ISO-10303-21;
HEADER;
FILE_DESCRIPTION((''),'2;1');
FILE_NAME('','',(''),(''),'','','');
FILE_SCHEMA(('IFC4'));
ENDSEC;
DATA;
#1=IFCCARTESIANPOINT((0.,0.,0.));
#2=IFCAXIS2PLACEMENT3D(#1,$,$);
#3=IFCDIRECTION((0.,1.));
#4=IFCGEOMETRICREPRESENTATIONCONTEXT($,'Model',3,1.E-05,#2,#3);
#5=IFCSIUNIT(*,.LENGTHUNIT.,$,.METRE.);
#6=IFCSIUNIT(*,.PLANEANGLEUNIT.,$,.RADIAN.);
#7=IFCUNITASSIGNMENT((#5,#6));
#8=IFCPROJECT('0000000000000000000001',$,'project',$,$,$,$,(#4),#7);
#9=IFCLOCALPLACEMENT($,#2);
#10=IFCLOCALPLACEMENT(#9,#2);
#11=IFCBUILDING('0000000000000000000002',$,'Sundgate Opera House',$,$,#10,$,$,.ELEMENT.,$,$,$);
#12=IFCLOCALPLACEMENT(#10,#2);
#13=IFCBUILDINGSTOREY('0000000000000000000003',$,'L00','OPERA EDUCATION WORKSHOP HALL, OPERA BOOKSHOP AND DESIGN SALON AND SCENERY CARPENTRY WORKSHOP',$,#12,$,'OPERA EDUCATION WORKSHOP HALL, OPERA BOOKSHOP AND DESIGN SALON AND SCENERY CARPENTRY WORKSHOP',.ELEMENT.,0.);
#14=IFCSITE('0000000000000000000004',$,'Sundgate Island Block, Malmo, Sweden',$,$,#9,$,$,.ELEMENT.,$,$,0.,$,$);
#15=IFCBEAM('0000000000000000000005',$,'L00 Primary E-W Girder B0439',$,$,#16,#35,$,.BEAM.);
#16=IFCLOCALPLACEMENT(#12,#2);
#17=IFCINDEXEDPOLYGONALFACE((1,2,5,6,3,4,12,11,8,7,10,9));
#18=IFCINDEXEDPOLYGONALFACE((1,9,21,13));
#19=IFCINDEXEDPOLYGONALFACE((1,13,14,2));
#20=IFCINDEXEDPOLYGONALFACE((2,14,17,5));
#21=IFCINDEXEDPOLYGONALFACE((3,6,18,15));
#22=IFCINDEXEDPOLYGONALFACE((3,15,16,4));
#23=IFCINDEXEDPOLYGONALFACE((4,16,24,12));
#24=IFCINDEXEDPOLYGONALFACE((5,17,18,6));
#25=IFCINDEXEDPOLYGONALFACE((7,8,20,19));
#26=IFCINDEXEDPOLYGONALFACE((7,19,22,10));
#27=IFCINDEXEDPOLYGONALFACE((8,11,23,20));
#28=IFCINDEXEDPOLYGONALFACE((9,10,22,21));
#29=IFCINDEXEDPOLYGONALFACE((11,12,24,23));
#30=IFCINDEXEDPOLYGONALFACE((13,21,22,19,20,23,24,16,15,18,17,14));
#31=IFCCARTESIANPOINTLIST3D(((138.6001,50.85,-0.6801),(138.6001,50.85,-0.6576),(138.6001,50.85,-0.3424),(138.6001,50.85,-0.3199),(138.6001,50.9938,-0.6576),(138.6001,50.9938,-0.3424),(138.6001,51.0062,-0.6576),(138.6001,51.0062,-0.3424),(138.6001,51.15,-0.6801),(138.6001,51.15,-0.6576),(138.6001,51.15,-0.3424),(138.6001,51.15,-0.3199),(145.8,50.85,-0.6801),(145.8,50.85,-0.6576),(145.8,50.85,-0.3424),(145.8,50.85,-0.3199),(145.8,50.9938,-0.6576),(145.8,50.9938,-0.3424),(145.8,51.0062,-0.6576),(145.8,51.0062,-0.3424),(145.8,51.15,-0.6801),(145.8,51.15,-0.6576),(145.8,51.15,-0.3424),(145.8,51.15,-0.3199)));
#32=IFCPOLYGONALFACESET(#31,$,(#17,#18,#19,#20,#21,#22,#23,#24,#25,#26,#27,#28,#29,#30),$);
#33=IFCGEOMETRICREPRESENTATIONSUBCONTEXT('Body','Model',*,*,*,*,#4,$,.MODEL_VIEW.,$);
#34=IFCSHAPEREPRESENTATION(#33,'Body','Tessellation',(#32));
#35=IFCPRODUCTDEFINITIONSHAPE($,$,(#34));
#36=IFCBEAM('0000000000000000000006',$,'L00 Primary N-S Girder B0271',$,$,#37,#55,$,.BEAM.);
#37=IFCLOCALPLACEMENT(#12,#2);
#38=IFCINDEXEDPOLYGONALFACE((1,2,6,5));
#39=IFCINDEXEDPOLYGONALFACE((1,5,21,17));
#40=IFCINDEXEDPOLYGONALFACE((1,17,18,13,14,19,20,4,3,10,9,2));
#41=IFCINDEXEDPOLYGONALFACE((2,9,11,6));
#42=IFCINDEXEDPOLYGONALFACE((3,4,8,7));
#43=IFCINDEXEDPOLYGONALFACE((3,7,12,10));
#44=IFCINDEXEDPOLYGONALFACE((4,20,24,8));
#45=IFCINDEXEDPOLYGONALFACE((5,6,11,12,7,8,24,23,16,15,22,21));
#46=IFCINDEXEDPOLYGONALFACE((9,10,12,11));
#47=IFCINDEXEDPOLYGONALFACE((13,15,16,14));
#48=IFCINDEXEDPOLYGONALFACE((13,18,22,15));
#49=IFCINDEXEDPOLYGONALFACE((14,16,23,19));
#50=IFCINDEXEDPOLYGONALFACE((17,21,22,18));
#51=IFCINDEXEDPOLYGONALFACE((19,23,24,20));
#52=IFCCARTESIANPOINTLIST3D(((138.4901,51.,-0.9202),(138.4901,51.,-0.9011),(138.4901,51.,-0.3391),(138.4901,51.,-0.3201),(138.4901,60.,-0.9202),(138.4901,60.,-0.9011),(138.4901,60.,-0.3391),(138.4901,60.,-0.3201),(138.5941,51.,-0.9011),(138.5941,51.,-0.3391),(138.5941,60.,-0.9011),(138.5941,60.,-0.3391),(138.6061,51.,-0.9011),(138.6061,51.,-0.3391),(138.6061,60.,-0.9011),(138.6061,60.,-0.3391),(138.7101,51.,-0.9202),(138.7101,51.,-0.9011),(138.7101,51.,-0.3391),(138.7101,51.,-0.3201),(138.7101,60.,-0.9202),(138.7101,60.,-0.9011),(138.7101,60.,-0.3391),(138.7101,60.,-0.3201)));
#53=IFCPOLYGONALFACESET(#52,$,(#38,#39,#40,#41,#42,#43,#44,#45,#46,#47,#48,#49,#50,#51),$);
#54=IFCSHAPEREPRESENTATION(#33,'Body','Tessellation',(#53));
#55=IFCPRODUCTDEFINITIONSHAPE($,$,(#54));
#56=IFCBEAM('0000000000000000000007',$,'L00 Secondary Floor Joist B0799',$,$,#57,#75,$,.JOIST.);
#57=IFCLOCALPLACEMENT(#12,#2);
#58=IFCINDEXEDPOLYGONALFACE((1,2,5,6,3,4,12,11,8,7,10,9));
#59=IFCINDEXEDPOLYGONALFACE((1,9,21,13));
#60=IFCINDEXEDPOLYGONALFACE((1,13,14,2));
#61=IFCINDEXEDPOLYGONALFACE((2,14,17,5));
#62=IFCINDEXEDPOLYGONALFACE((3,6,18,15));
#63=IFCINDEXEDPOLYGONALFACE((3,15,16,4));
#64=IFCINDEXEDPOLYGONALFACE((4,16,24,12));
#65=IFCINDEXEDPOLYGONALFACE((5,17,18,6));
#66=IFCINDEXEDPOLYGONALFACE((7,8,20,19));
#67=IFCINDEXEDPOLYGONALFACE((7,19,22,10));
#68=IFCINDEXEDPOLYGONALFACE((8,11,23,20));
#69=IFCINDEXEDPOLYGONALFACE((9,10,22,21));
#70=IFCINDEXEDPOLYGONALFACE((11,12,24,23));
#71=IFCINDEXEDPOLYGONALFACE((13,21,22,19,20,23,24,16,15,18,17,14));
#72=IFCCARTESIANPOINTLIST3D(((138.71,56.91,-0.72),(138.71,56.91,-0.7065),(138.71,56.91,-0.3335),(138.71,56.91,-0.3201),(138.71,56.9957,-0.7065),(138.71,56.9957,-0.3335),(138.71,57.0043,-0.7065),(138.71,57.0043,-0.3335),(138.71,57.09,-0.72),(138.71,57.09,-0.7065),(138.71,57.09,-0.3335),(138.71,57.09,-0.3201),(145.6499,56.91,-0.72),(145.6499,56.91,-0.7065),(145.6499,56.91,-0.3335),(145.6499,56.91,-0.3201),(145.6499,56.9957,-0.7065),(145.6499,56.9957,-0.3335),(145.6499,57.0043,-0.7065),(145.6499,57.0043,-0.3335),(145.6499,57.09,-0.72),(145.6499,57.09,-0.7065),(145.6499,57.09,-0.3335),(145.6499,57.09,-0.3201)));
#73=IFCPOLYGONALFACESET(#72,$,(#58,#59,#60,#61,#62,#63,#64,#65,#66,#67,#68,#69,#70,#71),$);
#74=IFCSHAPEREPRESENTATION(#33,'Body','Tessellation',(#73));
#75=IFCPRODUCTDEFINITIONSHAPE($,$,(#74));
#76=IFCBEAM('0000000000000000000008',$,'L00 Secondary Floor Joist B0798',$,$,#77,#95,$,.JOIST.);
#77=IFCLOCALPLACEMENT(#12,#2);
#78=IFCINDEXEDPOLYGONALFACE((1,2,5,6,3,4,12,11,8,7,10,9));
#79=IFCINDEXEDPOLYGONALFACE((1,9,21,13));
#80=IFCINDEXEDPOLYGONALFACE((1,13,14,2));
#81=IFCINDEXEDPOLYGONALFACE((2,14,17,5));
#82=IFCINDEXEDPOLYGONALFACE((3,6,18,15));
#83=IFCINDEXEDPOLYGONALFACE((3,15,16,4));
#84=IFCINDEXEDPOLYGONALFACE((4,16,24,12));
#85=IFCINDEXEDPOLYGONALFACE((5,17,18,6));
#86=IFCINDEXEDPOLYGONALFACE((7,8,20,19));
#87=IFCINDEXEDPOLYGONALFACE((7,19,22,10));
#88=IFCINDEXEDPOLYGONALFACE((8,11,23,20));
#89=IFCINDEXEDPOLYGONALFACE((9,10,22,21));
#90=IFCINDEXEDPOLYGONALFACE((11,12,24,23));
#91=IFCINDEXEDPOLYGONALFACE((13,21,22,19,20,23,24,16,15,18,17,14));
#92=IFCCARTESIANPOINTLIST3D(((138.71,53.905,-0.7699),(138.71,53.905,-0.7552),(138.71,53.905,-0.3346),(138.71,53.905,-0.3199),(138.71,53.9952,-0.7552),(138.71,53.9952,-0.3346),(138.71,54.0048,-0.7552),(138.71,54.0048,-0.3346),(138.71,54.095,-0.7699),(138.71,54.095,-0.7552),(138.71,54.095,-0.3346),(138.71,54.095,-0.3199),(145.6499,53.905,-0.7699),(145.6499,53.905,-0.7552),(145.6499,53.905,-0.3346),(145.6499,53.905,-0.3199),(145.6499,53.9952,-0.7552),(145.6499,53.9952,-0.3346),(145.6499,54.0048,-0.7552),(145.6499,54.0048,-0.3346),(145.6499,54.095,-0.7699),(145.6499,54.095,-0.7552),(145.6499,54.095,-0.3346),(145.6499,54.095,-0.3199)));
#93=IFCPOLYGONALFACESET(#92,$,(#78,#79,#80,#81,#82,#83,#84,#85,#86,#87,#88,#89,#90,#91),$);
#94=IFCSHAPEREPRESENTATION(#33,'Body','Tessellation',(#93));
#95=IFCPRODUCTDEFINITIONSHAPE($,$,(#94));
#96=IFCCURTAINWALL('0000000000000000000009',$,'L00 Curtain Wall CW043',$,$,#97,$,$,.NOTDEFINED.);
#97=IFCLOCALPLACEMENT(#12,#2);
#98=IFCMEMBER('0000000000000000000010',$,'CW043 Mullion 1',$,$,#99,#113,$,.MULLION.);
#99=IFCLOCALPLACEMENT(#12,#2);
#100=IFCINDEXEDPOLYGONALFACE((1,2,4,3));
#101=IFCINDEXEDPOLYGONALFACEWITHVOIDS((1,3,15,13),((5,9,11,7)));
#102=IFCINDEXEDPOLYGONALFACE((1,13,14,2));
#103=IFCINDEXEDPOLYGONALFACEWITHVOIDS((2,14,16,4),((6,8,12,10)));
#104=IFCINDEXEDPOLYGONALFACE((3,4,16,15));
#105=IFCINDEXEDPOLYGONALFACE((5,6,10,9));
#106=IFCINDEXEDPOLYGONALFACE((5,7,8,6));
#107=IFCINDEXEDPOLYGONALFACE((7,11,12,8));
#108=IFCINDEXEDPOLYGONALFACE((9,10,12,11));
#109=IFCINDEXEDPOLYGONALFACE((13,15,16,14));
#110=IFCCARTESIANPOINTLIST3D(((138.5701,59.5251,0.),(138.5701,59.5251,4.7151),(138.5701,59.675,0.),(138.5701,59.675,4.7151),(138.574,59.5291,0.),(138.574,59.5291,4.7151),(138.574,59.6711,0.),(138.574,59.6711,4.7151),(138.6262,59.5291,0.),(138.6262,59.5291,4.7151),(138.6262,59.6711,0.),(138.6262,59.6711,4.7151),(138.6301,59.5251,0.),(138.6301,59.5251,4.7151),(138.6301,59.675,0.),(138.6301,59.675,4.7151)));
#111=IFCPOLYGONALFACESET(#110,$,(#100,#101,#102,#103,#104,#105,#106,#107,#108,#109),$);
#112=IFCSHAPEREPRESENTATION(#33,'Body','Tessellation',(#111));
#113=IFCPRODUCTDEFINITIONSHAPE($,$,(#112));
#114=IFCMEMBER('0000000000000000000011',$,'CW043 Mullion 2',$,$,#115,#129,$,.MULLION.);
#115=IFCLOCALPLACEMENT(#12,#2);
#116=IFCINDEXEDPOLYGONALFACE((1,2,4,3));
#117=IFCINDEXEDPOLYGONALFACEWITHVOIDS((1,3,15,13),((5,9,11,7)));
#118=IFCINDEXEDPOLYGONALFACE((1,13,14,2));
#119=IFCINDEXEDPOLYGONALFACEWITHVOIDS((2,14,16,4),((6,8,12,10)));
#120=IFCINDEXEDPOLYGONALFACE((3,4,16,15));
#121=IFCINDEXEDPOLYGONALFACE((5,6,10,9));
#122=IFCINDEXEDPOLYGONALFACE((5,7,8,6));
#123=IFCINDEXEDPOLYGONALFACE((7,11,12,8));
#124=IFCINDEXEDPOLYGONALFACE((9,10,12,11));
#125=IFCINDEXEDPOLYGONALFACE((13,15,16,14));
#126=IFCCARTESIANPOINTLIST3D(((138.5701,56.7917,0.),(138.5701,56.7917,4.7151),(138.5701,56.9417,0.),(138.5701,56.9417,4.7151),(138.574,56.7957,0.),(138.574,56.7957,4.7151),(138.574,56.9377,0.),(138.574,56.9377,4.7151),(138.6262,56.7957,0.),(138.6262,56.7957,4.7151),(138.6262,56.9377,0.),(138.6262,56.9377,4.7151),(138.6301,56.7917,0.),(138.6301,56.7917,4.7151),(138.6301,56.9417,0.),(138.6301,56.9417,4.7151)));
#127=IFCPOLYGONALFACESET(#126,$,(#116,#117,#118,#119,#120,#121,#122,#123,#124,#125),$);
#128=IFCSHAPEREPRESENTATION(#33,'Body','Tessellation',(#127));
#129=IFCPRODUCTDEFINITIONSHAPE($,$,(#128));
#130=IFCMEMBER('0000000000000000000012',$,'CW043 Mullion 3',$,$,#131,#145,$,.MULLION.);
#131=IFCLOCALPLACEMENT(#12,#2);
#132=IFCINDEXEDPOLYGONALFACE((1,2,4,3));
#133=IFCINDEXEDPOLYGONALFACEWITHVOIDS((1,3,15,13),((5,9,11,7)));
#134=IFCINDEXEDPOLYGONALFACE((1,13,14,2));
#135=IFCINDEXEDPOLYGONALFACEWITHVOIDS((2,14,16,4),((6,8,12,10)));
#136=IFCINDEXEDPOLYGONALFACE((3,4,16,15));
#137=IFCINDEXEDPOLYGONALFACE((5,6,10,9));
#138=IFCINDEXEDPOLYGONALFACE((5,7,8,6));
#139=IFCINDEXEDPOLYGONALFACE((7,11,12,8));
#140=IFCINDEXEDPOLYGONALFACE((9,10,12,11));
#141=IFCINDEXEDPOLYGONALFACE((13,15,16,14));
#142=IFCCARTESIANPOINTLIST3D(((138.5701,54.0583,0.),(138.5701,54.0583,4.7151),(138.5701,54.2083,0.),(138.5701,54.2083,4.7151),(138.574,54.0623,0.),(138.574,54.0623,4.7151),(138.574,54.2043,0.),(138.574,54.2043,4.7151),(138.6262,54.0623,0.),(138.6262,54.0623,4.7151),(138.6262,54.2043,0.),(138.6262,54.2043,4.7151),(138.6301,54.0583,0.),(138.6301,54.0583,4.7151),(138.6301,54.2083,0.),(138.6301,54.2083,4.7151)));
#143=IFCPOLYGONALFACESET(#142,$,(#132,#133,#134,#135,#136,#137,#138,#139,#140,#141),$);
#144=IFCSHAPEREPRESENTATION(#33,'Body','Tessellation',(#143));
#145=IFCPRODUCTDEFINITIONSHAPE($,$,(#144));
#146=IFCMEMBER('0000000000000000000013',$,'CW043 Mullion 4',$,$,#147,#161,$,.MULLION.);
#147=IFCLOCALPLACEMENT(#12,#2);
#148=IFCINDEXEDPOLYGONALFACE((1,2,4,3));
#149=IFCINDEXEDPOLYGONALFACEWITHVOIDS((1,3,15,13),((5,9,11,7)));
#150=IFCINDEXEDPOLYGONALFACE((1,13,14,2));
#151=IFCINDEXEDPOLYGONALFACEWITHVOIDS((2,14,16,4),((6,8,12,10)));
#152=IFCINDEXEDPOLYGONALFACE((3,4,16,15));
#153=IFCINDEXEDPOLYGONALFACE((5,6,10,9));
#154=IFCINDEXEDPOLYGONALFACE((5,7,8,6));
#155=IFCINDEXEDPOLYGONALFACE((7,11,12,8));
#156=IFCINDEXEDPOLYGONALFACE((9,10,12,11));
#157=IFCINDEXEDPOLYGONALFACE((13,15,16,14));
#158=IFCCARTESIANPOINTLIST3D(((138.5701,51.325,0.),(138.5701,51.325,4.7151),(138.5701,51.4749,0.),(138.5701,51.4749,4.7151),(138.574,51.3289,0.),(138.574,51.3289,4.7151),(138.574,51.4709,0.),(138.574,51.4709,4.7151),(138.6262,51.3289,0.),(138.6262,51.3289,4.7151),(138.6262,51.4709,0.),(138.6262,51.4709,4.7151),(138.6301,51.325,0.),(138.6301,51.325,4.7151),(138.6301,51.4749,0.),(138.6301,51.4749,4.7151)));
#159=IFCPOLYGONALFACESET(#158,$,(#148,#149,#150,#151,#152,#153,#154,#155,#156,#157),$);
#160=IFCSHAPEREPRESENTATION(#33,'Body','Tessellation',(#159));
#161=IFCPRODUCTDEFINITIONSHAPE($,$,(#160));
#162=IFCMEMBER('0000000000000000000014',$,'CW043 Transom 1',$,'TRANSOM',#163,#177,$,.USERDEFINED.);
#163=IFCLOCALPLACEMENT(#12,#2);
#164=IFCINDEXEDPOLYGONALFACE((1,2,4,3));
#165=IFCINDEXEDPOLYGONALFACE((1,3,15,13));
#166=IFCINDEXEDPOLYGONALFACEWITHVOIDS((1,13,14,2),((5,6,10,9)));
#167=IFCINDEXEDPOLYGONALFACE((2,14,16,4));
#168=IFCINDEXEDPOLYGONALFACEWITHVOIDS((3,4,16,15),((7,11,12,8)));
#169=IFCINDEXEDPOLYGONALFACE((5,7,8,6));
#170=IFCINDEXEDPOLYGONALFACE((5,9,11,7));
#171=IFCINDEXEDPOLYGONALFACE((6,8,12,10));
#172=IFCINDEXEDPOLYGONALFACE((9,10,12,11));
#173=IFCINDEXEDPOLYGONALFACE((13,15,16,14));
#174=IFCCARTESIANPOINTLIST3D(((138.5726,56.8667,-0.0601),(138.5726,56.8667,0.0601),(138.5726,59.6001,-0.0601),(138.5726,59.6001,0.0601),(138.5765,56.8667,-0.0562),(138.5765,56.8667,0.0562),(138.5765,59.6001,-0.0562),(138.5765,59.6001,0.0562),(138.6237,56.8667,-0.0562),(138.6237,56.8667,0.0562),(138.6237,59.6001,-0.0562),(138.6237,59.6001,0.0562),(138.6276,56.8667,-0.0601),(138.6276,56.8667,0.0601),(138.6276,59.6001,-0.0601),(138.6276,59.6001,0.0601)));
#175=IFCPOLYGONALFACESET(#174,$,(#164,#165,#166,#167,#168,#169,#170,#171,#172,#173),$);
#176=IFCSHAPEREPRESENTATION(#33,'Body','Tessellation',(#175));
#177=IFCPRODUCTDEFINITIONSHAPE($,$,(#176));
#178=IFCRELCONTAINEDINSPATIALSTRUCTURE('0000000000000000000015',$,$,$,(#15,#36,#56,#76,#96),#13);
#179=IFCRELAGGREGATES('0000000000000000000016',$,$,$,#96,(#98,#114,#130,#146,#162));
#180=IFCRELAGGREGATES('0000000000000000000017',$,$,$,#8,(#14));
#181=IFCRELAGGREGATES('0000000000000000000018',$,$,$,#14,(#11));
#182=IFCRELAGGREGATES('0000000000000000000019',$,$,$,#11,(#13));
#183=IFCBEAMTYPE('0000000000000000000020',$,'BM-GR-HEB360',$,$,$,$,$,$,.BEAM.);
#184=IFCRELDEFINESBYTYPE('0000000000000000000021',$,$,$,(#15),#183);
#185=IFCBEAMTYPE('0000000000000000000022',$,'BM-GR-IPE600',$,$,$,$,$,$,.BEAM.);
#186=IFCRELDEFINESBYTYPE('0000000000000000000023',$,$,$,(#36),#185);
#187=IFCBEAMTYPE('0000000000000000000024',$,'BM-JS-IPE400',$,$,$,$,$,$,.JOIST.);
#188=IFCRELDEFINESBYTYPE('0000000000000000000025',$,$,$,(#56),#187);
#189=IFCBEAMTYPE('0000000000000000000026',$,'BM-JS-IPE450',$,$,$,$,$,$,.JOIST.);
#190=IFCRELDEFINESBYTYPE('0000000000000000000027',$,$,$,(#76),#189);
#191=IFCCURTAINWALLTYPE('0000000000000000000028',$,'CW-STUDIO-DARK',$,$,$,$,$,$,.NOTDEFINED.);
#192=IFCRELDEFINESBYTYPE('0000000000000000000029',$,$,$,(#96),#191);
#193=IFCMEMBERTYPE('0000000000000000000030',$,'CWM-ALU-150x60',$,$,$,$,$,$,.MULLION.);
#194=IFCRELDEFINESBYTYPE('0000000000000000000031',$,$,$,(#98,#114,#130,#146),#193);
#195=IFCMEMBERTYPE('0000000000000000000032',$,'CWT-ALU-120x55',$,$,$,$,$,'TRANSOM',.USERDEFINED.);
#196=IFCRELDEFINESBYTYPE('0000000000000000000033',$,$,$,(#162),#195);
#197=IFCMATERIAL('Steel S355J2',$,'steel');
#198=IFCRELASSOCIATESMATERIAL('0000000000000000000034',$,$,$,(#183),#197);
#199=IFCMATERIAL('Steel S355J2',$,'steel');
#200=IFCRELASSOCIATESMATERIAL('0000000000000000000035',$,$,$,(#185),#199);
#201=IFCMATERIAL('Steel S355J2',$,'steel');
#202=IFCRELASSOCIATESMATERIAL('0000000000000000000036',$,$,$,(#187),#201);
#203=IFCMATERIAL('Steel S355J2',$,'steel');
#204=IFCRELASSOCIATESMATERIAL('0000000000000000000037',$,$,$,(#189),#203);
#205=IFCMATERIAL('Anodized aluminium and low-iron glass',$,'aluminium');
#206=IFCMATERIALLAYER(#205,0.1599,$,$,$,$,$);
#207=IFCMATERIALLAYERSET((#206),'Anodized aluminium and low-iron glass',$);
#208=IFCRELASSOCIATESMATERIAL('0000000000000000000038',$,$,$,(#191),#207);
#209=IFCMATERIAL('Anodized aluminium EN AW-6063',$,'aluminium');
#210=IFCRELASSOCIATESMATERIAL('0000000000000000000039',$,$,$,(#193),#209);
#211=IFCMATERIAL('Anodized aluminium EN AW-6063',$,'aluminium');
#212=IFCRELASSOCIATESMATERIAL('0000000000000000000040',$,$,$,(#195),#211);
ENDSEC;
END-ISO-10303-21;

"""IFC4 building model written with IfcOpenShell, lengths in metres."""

from ifc_helpers import new_model, si_unit, direction, frame, origin, origin_2d, place, context, subcontext, project, spatial, hollow_rectangle, i_section, extrude, material, layer, layer_set, material_profile, profile_set, type_object, element, aggregate, save


model = new_model("IFC4")

# Units and contexts
model_context = context("Model", 3, precision=1e-05, world=origin(), true_north=direction((0.0, 1.0)))
body_context = subcontext(model_context, "Body", "Model", "MODEL_VIEW")
ifc_project = project(units=[si_unit("LENGTHUNIT", "METRE"), si_unit("PLANEANGLEUNIT", "RADIAN")], contexts=[model_context])

# Site, building, storey
site_placement = place(None, origin())
site = spatial("IfcSite", under=ifc_project, at=site_placement, Name="Sundgate Island Block, Malmo, Sweden", CompositionType="ELEMENT", RefElevation=0.0)
building_placement = place(site_placement, origin())
building = spatial("IfcBuilding", under=site, at=building_placement, Name="Sundgate Opera House", CompositionType="ELEMENT")
storey_placement = place(building_placement, origin())
storey = spatial("IfcBuildingStorey", under=building, at=storey_placement, Name="L00", Description="OPERA EDUCATION WORKSHOP HALL, OPERA BOOKSHOP AND DESIGN SALON AND SCENERY CARPENTRY WORKSHOP", LongName="OPERA EDUCATION WORKSHOP HALL, OPERA BOOKSHOP AND DESIGN SALON AND SCENERY CARPENTRY WORKSHOP", CompositionType="ELEMENT", Elevation=0.0)

# Beams
ifc_material_1 = material(Name="Steel S355J2", Category="steel")
ifc_material_profile_1 = material_profile(ifc_material_1, i_section(OverallWidth=0.3, OverallDepth=0.3601, WebThickness=0.0125, FlangeThickness=0.0225, at=origin_2d()), Name="HEB 360")
ifc_profile_set_1 = profile_set([ifc_material_profile_1], Name="Steel S355J2")
beam_type_1 = type_object("IfcBeamType", Name="BM-GR-HEB360", PredefinedType="BEAM", material=ifc_profile_set_1)
beam_1_placement = place(storey_placement, frame((138.6001, 51.0, -0.5), z_axis=(1.0, 0.0, 0.0), x_axis=(0.0, 1.0, 0.0)))
element("IfcBeam", 1, at=beam_1_placement, inside=storey, type_object=beam_type_1, Name="L00 Primary E-W Girder B0439", PredefinedType="BEAM", context=body_context, shape_type="SweptSolid", body=[
    extrude(i_section(OverallWidth=0.3, OverallDepth=0.3601, WebThickness=0.0125, FlangeThickness=0.0225, at=origin_2d()), origin(), (0.0, 0.0, 1.0), 7.2),
])
ifc_material_2 = material(Name="Steel S355J2", Category="steel")
ifc_material_profile_2 = material_profile(ifc_material_2, i_section(OverallWidth=0.22, OverallDepth=0.6001, WebThickness=0.012, FlangeThickness=0.019, at=origin_2d()), Name="IPE 600")
ifc_profile_set_2 = profile_set([ifc_material_profile_2], Name="Steel S355J2")
beam_type_2 = type_object("IfcBeamType", Name="BM-GR-IPE600", PredefinedType="BEAM", material=ifc_profile_set_2)
beam_2_placement = place(storey_placement, frame((138.6001, 51.0, -0.6201), z_axis=(0.0, 1.0, 0.0), x_axis=(-1.0, 0.0, 0.0)))
element("IfcBeam", 2, at=beam_2_placement, inside=storey, type_object=beam_type_2, Name="L00 Primary N-S Girder B0271", PredefinedType="BEAM", context=body_context, shape_type="SweptSolid", body=[
    extrude(i_section(OverallWidth=0.22, OverallDepth=0.6001, WebThickness=0.012, FlangeThickness=0.019, at=origin_2d()), origin(), (0.0, 0.0, 1.0), 9.0),
])
ifc_material_3 = material(Name="Steel S355J2", Category="steel")
ifc_material_profile_3 = material_profile(ifc_material_3, i_section(OverallWidth=0.1799, OverallDepth=0.3999, WebThickness=0.0085, FlangeThickness=0.0134, at=origin_2d()), Name="IPE 400")
ifc_profile_set_3 = profile_set([ifc_material_profile_3], Name="Steel S355J2")
beam_type_3 = type_object("IfcBeamType", Name="BM-JS-IPE400", PredefinedType="JOIST", material=ifc_profile_set_3)
beam_3_placement = place(storey_placement, frame((138.71, 57.0, -0.52), z_axis=(1.0, 0.0, 0.0), x_axis=(0.0, 1.0, 0.0)))
element("IfcBeam", 3, at=beam_3_placement, inside=storey, type_object=beam_type_3, Name="L00 Secondary Floor Joist B0799", PredefinedType="JOIST", context=body_context, shape_type="SweptSolid", body=[
    extrude(i_section(OverallWidth=0.1799, OverallDepth=0.3999, WebThickness=0.0085, FlangeThickness=0.0134, at=origin_2d()), origin(), (0.0, 0.0, 1.0), 6.9399),
])
ifc_material_4 = material(Name="Steel S355J2", Category="steel")
ifc_material_profile_4 = material_profile(ifc_material_4, i_section(OverallWidth=0.1899, OverallDepth=0.45, WebThickness=0.0095, FlangeThickness=0.0146, at=origin_2d()), Name="IPE 450")
ifc_profile_set_4 = profile_set([ifc_material_profile_4], Name="Steel S355J2")
beam_type_4 = type_object("IfcBeamType", Name="BM-JS-IPE450", PredefinedType="JOIST", material=ifc_profile_set_4)
beam_4_placement = place(storey_placement, frame((138.71, 54.0, -0.5449), z_axis=(1.0, 0.0, 0.0), x_axis=(0.0, 1.0, 0.0)))
element("IfcBeam", 4, at=beam_4_placement, inside=storey, type_object=beam_type_4, Name="L00 Secondary Floor Joist B0798", PredefinedType="JOIST", context=body_context, shape_type="SweptSolid", body=[
    extrude(i_section(OverallWidth=0.1899, OverallDepth=0.45, WebThickness=0.0095, FlangeThickness=0.0146, at=origin_2d()), origin(), (0.0, 0.0, 1.0), 6.9399),
])

# Curtain wall, members
ifc_material_5 = material(Name="Anodized aluminium and low-iron glass", Category="aluminium")
ifc_layer_1 = layer(ifc_material_5, 0.1599)
ifc_layer_set_1 = layer_set([ifc_layer_1], Name="Anodized aluminium and low-iron glass")
curtain_wall_type = type_object("IfcCurtainWallType", Name="CW-STUDIO-DARK", PredefinedType="NOTDEFINED", material=ifc_layer_set_1)
curtain_wall_placement = place(storey_placement, origin())
curtain_wall = element("IfcCurtainWall", 5, at=curtain_wall_placement, inside=storey, type_object=curtain_wall_type, Name="L00 Curtain Wall CW043", PredefinedType="NOTDEFINED")
ifc_material_6 = material(Name="Anodized aluminium EN AW-6063", Category="aluminium")
ifc_material_profile_5 = material_profile(ifc_material_6, hollow_rectangle(XDim=0.0601, YDim=0.1499, WallThickness=0.0039, at=origin_2d()), Name="CWM 150x60x4")
ifc_profile_set_5 = profile_set([ifc_material_profile_5], Name="Anodized aluminium EN AW-6063")
member_type_1 = type_object("IfcMemberType", Name="CWM-ALU-150x60", PredefinedType="MULLION", material=ifc_profile_set_5)
member_1_placement = place(storey_placement, frame((138.6001, 59.6001, 0.0), z_axis=(0.0, 0.0, 1.0), x_axis=(1.0, 0.0, 0.0)))
member_1 = element("IfcMember", 6, at=member_1_placement, type_object=member_type_1, Name="CW043 Mullion 1", PredefinedType="MULLION", context=body_context, shape_type="SweptSolid", body=[
    extrude(hollow_rectangle(XDim=0.0601, YDim=0.1499, WallThickness=0.0039, at=origin_2d()), origin(), (0.0, 0.0, 1.0), 4.7151),
])
member_2_placement = place(storey_placement, frame((138.6001, 56.8667, 0.0), z_axis=(0.0, 0.0, 1.0), x_axis=(1.0, 0.0, 0.0)))
member_2 = element("IfcMember", 7, at=member_2_placement, type_object=member_type_1, Name="CW043 Mullion 2", PredefinedType="MULLION", context=body_context, shape_type="SweptSolid", body=[
    extrude(hollow_rectangle(XDim=0.0601, YDim=0.1499, WallThickness=0.0039, at=origin_2d()), origin(), (0.0, 0.0, 1.0), 4.7151),
])
member_3_placement = place(storey_placement, frame((138.6001, 54.1333, 0.0), z_axis=(0.0, 0.0, 1.0), x_axis=(1.0, 0.0, 0.0)))
member_3 = element("IfcMember", 8, at=member_3_placement, type_object=member_type_1, Name="CW043 Mullion 3", PredefinedType="MULLION", context=body_context, shape_type="SweptSolid", body=[
    extrude(hollow_rectangle(XDim=0.0601, YDim=0.1499, WallThickness=0.0039, at=origin_2d()), origin(), (0.0, 0.0, 1.0), 4.7151),
])
member_4_placement = place(storey_placement, frame((138.6001, 51.3999, 0.0), z_axis=(0.0, 0.0, 1.0), x_axis=(1.0, 0.0, 0.0)))
member_4 = element("IfcMember", 9, at=member_4_placement, type_object=member_type_1, Name="CW043 Mullion 4", PredefinedType="MULLION", context=body_context, shape_type="SweptSolid", body=[
    extrude(hollow_rectangle(XDim=0.0601, YDim=0.1499, WallThickness=0.0039, at=origin_2d()), origin(), (0.0, 0.0, 1.0), 4.7151),
])
ifc_material_7 = material(Name="Anodized aluminium EN AW-6063", Category="aluminium")
ifc_material_profile_6 = material_profile(ifc_material_7, hollow_rectangle(XDim=0.0549, YDim=0.1201, WallThickness=0.0039, at=origin_2d()), Name="CWT 120x55x4")
ifc_profile_set_6 = profile_set([ifc_material_profile_6], Name="Anodized aluminium EN AW-6063")
member_type_2 = type_object("IfcMemberType", Name="CWT-ALU-120x55", ElementType="TRANSOM", PredefinedType="USERDEFINED", material=ifc_profile_set_6)
member_5_placement = place(storey_placement, frame((138.6001, 59.6001, 0.0), z_axis=(0.0, -1.0, 0.0), x_axis=(1.0, 0.0, 0.0)))
member_5 = element("IfcMember", 10, at=member_5_placement, type_object=member_type_2, Name="CW043 Transom 1", ObjectType="TRANSOM", PredefinedType="USERDEFINED", context=body_context, shape_type="SweptSolid", body=[
    extrude(hollow_rectangle(XDim=0.0549, YDim=0.1201, WallThickness=0.0039, at=origin_2d()), origin(), (0.0, 0.0, 1.0), 2.7334),
])
aggregate(curtain_wall, [member_1, member_2, member_3, member_4, member_5])

save(model, "model.ifc")
